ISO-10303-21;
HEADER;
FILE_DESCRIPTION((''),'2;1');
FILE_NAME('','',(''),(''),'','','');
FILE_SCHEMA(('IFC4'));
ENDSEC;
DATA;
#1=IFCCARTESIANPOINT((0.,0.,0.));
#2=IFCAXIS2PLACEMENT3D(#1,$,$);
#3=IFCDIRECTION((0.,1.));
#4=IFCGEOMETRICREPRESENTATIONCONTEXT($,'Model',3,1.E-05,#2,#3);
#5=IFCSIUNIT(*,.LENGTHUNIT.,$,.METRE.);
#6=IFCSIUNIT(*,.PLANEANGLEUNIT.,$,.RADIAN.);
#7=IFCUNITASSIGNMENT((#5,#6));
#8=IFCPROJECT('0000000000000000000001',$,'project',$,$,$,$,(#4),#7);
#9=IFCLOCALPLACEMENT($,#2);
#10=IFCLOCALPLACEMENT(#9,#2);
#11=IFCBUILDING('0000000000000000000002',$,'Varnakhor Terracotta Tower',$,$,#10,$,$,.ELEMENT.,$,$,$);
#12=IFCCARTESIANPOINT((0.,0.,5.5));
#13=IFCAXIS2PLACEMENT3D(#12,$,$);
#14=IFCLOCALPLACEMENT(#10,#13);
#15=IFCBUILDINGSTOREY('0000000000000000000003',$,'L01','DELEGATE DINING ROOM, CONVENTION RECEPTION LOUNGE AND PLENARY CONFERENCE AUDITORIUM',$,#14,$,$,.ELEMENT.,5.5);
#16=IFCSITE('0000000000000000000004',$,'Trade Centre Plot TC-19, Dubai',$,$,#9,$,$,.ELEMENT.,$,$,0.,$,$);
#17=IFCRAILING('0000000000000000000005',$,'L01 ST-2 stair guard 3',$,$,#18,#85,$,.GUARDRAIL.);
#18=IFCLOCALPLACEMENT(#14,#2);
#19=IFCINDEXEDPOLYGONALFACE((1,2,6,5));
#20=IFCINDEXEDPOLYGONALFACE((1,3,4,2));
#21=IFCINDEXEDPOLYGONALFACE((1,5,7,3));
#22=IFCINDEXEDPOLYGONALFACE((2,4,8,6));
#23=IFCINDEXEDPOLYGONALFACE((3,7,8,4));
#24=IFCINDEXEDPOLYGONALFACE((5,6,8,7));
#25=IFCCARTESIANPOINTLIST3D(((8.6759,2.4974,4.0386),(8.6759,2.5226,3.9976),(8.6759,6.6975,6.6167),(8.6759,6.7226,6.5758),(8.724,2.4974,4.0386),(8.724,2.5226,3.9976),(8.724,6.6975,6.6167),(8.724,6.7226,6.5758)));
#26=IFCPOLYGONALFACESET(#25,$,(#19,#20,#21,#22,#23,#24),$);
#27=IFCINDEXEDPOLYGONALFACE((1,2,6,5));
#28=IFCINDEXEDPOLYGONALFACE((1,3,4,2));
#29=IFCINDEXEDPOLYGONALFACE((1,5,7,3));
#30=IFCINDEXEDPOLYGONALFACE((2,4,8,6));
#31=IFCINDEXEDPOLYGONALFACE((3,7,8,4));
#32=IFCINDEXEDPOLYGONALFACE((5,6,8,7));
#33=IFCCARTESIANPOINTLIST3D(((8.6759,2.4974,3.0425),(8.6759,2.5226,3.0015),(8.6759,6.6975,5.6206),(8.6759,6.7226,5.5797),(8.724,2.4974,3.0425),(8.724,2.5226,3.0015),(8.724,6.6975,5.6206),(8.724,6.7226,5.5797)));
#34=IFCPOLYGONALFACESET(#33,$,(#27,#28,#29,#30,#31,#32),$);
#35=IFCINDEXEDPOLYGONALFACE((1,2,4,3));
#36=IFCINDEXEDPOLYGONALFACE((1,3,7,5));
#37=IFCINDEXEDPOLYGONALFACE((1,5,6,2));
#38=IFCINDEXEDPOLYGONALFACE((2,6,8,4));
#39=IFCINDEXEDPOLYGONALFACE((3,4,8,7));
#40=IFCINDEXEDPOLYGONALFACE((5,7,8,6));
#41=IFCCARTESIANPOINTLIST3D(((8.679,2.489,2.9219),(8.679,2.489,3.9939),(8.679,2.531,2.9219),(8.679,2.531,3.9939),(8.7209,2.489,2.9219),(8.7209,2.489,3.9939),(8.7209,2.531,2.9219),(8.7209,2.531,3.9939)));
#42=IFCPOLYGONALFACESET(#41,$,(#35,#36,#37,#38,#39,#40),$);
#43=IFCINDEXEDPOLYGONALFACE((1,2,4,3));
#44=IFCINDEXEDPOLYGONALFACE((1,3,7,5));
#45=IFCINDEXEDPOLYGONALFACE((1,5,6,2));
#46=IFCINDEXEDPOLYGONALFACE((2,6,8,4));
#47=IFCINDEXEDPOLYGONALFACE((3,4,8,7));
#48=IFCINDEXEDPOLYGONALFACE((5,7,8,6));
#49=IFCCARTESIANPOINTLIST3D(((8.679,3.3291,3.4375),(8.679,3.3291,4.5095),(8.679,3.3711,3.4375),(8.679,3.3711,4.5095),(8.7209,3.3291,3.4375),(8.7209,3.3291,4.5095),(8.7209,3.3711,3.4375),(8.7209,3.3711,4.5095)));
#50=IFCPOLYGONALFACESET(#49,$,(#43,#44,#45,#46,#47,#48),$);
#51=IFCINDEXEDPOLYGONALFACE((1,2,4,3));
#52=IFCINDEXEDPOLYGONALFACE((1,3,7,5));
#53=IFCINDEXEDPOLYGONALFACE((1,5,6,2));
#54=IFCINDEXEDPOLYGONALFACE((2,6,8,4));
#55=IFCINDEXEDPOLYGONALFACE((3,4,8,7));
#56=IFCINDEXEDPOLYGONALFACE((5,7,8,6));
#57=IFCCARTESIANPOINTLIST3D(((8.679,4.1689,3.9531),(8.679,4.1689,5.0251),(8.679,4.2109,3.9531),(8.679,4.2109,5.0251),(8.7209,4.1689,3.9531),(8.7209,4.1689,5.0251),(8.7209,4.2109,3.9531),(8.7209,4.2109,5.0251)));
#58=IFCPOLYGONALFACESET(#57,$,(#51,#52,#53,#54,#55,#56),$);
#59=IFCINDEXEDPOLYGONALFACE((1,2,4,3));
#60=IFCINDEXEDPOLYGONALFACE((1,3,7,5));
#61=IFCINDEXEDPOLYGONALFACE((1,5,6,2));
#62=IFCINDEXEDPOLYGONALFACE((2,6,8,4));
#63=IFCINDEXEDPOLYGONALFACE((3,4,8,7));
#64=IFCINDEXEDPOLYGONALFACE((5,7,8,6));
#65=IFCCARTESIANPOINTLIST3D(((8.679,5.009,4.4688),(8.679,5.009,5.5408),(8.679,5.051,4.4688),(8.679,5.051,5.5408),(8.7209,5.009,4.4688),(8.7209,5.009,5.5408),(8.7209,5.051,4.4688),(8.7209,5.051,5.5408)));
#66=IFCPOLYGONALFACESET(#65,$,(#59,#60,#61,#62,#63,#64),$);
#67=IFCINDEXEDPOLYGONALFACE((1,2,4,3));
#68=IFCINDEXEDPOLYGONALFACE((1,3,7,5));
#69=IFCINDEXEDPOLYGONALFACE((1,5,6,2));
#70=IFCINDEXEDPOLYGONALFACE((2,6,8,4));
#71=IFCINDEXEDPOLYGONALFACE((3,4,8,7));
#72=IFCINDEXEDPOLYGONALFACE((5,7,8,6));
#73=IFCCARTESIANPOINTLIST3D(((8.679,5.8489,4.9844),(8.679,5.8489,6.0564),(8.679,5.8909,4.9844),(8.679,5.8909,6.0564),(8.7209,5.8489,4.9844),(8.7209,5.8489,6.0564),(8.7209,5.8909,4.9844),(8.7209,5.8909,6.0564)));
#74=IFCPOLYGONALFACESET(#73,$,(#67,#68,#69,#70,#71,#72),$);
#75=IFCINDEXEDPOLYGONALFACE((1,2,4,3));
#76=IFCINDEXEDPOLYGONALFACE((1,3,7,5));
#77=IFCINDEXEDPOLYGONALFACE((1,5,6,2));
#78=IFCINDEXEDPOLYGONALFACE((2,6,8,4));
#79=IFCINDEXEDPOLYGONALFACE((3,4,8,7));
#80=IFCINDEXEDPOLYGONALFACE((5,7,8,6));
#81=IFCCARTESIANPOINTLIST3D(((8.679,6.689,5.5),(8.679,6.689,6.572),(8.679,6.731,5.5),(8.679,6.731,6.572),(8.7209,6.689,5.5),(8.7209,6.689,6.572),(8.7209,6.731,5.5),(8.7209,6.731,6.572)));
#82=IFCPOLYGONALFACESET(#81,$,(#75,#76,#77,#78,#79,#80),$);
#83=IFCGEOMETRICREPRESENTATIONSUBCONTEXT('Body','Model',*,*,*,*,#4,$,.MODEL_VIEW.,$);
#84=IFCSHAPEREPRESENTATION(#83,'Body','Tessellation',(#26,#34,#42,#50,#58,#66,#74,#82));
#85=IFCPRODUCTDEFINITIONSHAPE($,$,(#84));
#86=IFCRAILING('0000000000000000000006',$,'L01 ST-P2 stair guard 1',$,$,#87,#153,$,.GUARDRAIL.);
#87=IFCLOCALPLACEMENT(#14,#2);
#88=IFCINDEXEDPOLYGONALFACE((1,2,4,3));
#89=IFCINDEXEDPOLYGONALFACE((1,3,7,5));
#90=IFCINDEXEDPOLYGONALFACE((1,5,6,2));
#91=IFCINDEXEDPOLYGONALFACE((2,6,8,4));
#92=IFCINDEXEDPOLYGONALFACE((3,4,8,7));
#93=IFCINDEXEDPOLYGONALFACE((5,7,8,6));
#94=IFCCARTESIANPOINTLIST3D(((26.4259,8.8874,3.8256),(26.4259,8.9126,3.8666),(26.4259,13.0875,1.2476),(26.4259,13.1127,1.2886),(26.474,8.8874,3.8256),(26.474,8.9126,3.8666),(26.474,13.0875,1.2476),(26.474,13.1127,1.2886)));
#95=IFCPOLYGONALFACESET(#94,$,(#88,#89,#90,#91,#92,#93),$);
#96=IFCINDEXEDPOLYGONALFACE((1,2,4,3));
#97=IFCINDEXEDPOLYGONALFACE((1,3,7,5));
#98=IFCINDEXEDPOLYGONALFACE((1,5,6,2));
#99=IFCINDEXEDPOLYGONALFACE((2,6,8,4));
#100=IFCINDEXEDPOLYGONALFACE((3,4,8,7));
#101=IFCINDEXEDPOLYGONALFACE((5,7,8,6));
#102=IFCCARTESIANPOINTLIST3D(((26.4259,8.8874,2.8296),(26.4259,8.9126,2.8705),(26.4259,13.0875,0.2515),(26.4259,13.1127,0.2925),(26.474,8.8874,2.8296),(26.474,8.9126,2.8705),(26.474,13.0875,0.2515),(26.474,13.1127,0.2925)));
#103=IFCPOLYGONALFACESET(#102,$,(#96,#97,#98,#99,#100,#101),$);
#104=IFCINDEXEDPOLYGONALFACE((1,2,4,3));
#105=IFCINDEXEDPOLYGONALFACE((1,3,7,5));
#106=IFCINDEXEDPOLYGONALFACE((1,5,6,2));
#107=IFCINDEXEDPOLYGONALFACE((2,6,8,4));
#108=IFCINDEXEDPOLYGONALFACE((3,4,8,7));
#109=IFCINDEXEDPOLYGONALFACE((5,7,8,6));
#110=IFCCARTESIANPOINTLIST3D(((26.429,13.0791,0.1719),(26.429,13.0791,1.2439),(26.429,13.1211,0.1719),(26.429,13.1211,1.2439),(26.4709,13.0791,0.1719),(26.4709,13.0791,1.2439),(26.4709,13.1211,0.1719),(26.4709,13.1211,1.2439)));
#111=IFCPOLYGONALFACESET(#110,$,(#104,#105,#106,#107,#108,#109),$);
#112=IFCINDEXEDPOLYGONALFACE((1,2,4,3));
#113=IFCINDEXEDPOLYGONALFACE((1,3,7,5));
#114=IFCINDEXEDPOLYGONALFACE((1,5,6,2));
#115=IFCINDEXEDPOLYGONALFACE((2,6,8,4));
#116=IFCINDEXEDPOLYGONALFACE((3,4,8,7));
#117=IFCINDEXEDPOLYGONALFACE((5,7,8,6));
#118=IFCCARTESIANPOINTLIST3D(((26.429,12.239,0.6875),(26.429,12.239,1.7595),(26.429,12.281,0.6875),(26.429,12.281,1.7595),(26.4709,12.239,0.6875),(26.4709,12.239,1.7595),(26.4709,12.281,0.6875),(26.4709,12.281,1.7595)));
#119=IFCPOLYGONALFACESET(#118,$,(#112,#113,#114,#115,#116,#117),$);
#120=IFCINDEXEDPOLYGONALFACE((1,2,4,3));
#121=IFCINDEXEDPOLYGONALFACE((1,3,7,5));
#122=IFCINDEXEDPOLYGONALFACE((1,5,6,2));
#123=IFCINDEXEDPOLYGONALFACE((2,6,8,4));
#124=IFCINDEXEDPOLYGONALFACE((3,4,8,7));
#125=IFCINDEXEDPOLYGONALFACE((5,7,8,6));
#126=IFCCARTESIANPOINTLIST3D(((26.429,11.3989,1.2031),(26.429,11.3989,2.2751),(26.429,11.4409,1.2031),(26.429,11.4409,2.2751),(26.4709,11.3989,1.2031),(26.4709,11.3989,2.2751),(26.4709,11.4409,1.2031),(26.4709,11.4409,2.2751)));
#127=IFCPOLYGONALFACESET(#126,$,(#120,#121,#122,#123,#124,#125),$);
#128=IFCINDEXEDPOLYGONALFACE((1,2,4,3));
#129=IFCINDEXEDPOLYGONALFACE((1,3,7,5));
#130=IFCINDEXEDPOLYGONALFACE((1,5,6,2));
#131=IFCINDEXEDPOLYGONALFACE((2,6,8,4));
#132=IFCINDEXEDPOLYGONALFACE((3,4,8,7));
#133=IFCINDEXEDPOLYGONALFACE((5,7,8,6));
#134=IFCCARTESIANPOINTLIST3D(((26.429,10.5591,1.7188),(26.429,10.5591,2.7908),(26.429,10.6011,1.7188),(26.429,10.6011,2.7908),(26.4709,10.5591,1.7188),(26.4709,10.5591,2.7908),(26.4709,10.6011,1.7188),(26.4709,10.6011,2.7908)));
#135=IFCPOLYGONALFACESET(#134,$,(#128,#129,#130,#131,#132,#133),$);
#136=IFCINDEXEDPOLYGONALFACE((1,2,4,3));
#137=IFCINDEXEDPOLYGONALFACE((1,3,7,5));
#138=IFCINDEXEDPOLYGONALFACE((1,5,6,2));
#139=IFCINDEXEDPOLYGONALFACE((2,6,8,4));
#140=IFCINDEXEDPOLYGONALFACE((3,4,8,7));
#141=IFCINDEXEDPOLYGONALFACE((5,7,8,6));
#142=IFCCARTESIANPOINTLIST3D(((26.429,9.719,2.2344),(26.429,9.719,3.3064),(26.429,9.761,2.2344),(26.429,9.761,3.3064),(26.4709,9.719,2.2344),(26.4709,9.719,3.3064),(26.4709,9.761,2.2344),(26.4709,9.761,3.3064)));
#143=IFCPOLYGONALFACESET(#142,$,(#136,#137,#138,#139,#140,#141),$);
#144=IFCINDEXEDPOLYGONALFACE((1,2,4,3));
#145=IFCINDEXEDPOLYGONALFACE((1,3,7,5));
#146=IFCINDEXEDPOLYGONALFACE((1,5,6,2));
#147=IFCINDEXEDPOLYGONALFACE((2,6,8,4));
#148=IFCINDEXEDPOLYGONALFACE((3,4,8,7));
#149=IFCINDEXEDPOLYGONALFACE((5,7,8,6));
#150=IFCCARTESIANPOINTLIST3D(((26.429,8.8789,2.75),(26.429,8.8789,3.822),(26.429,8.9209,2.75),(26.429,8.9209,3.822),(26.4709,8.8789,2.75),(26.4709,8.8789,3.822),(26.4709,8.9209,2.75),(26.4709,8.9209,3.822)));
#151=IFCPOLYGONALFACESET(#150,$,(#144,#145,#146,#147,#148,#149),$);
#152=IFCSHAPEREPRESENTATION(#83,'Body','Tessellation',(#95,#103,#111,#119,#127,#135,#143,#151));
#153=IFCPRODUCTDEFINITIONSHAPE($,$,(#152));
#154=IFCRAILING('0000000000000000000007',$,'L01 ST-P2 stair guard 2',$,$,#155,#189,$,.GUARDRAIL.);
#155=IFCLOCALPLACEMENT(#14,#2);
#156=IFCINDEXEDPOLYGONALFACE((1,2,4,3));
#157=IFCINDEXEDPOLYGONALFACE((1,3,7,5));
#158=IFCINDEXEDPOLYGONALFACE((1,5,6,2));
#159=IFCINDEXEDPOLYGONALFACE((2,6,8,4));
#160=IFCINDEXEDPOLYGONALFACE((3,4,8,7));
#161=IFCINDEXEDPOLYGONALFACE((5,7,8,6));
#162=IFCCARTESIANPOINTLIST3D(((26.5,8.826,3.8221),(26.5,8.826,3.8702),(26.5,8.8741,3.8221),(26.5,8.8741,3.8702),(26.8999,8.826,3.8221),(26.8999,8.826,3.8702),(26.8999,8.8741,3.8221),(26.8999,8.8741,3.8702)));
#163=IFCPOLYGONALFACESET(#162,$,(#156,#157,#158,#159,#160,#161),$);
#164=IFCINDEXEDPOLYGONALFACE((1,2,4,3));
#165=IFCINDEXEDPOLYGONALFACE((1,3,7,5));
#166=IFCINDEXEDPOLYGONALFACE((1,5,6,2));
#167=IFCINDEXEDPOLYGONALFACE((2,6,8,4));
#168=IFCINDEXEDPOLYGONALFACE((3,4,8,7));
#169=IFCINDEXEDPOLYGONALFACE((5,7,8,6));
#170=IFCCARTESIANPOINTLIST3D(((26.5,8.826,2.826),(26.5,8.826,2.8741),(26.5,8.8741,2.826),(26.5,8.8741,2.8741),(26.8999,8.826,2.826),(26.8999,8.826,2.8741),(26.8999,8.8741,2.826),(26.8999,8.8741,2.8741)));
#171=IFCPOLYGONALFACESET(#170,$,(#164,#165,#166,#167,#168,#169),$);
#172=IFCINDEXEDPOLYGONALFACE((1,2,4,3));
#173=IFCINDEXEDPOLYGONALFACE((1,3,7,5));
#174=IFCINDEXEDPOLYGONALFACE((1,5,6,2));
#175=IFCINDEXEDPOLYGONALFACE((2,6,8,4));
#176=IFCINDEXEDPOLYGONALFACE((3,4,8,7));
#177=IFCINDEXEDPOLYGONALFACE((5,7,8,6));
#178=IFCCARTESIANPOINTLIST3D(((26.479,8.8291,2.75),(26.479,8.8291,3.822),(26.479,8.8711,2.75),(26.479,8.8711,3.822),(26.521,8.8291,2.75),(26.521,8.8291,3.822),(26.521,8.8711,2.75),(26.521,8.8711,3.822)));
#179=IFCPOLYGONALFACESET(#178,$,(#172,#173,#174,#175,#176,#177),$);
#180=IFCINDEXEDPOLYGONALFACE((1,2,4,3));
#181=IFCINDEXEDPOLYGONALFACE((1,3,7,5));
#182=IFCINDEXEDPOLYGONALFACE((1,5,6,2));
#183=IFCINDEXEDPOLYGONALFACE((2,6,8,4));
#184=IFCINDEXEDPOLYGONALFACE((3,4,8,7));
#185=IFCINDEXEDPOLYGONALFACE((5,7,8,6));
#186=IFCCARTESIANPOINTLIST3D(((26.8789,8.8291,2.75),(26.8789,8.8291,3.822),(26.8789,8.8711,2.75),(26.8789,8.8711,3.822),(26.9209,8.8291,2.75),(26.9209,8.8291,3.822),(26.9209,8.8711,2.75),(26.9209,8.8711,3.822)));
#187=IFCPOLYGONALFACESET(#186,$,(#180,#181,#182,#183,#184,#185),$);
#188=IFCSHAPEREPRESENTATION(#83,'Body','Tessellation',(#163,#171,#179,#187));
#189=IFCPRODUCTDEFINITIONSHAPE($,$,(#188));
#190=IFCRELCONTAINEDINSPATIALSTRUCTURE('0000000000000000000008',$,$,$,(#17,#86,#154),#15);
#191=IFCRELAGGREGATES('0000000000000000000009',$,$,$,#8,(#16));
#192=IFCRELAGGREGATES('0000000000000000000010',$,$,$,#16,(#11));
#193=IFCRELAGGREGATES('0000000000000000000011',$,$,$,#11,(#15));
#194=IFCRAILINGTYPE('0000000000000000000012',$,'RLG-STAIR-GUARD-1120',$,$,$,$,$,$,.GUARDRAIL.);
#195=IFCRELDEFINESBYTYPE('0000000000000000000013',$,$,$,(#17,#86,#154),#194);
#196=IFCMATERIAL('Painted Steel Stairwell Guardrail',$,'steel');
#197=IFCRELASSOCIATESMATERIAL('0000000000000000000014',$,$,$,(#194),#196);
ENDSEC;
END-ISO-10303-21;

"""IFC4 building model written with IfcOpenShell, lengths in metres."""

from ifc_helpers import new_model, si_unit, direction, frame, origin, origin_2d, place, context, subcontext, project, spatial, rectangle, extrude, material, type_object, element, save


model = new_model("IFC4")

# Units and contexts
model_context = context("Model", 3, precision=1e-05, world=origin(), true_north=direction((0.0, 1.0)))
body_context = subcontext(model_context, "Body", "Model", "MODEL_VIEW")
ifc_project = project(units=[si_unit("LENGTHUNIT", "METRE"), si_unit("PLANEANGLEUNIT", "RADIAN")], contexts=[model_context])

# Site, building, storey
site_placement = place(None, origin())
site = spatial("IfcSite", under=ifc_project, at=site_placement, Name="Trade Centre Plot TC-19, Dubai", CompositionType="ELEMENT", RefElevation=0.0)
building_placement = place(site_placement, origin())
building = spatial("IfcBuilding", under=site, at=building_placement, Name="Varnakhor Terracotta Tower", CompositionType="ELEMENT")
storey_placement = place(building_placement, frame((0.0, 0.0, 5.5)))
storey = spatial("IfcBuildingStorey", under=building, at=storey_placement, Name="L01", Description="DELEGATE DINING ROOM, CONVENTION RECEPTION LOUNGE AND PLENARY CONFERENCE AUDITORIUM", CompositionType="ELEMENT", Elevation=5.5)

# Railings
ifc_material_1 = material(Name="Painted Steel Stairwell Guardrail", Category="steel")
railing_type_1 = type_object("IfcRailingType", Name="RLG-STAIR-GUARD-1120", PredefinedType="GUARDRAIL", material=ifc_material_1)
railing_1_placement = place(storey_placement, frame((8.7, 2.51, 2.9219)))
element("IfcRailing", 1, at=railing_1_placement, inside=storey, type_object=railing_type_1, Name="L01 ST-2 stair guard 3", PredefinedType="GUARDRAIL", context=body_context, shape_type="SweptSolid", body=[
    extrude(rectangle(XDim=0.0481, YDim=0.0481, at=origin_2d()), frame((0.0, 0.0, 1.0962), z_axis=(0.0, 0.852243, 0.523146), x_axis=(-1.0, 0.0, 0.0)), (0.0, 0.0, 1.0), 4.9282),
    extrude(rectangle(XDim=0.0481, YDim=0.0481, at=origin_2d()), frame((0.0, 0.0, 0.1001), z_axis=(0.0, 0.852243, 0.523146), x_axis=(-1.0, 0.0, 0.0)), (0.0, 0.0, 1.0), 4.9282),
    extrude(rectangle(XDim=0.042, YDim=0.042, at=origin_2d()), origin(), (0.0, 0.0, 1.0), 1.072),
    extrude(rectangle(XDim=0.042, YDim=0.042, at=origin_2d()), frame((0.0, 0.8401, 0.5156)), (0.0, 0.0, 1.0), 1.072),
    extrude(rectangle(XDim=0.042, YDim=0.042, at=origin_2d()), frame((0.0, 1.6799, 1.0312)), (0.0, 0.0, 1.0), 1.072),
    extrude(rectangle(XDim=0.042, YDim=0.042, at=origin_2d()), frame((0.0, 2.52, 1.5469)), (0.0, 0.0, 1.0), 1.072),
    extrude(rectangle(XDim=0.042, YDim=0.042, at=origin_2d()), frame((0.0, 3.3599, 2.0625)), (0.0, 0.0, 1.0), 1.072),
    extrude(rectangle(XDim=0.042, YDim=0.042, at=origin_2d()), frame((0.0, 4.2, 2.5781)), (0.0, 0.0, 1.0), 1.072),
])
railing_2_placement = place(storey_placement, frame((26.45, 13.1001, 0.1719)))
element("IfcRailing", 2, at=railing_2_placement, inside=storey, type_object=railing_type_1, Name="L01 ST-P2 stair guard 1", PredefinedType="GUARDRAIL", context=body_context, shape_type="SweptSolid", body=[
    extrude(rectangle(XDim=0.0481, YDim=0.0481, at=origin_2d()), frame((0.0, 0.0, 1.0962), z_axis=(0.0, -0.852256, 0.523124), x_axis=(1.0, 0.0, 0.0)), (0.0, 0.0, 1.0), 4.9282),
    extrude(rectangle(XDim=0.0481, YDim=0.0481, at=origin_2d()), frame((0.0, 0.0, 0.1001), z_axis=(0.0, -0.852256, 0.523124), x_axis=(1.0, 0.0, 0.0)), (0.0, 0.0, 1.0), 4.9282),
    extrude(rectangle(XDim=0.042, YDim=0.042, at=origin_2d()), origin(), (0.0, 0.0, 1.0), 1.072),
    extrude(rectangle(XDim=0.042, YDim=0.042, at=origin_2d()), frame((0.0, -0.8401, 0.5156)), (0.0, 0.0, 1.0), 1.072),
    extrude(rectangle(XDim=0.042, YDim=0.042, at=origin_2d()), frame((0.0, -1.6802, 1.0312)), (0.0, 0.0, 1.0), 1.072),
    extrude(rectangle(XDim=0.042, YDim=0.042, at=origin_2d()), frame((0.0, -2.52, 1.5469)), (0.0, 0.0, 1.0), 1.072),
    extrude(rectangle(XDim=0.042, YDim=0.042, at=origin_2d()), frame((0.0, -3.3601, 2.0625)), (0.0, 0.0, 1.0), 1.072),
    extrude(rectangle(XDim=0.042, YDim=0.042, at=origin_2d()), frame((0.0, -4.2002, 2.5781)), (0.0, 0.0, 1.0), 1.072),
])
railing_3_placement = place(storey_placement, frame((26.5, 8.8501, 2.75)))
element("IfcRailing", 3, at=railing_3_placement, inside=storey, type_object=railing_type_1, Name="L01 ST-P2 stair guard 2", PredefinedType="GUARDRAIL", context=body_context, shape_type="SweptSolid", body=[
    extrude(rectangle(XDim=0.0481, YDim=0.0481, at=origin_2d()), frame((0.0, 0.0, 1.0962), z_axis=(1.0, 0.0, 0.0), x_axis=(0.0, 1.0, 0.0)), (0.0, 0.0, 1.0), 0.3999),
    extrude(rectangle(XDim=0.0481, YDim=0.0481, at=origin_2d()), frame((0.0, 0.0, 0.1001), z_axis=(1.0, 0.0, 0.0), x_axis=(0.0, 1.0, 0.0)), (0.0, 0.0, 1.0), 0.3999),
    extrude(rectangle(XDim=0.042, YDim=0.042, at=origin_2d()), origin(), (0.0, 0.0, 1.0), 1.072),
    extrude(rectangle(XDim=0.042, YDim=0.042, at=origin_2d()), frame((0.3999, 0.0, 0.0)), (0.0, 0.0, 1.0), 1.072),
])

save(model, "model.ifc")
